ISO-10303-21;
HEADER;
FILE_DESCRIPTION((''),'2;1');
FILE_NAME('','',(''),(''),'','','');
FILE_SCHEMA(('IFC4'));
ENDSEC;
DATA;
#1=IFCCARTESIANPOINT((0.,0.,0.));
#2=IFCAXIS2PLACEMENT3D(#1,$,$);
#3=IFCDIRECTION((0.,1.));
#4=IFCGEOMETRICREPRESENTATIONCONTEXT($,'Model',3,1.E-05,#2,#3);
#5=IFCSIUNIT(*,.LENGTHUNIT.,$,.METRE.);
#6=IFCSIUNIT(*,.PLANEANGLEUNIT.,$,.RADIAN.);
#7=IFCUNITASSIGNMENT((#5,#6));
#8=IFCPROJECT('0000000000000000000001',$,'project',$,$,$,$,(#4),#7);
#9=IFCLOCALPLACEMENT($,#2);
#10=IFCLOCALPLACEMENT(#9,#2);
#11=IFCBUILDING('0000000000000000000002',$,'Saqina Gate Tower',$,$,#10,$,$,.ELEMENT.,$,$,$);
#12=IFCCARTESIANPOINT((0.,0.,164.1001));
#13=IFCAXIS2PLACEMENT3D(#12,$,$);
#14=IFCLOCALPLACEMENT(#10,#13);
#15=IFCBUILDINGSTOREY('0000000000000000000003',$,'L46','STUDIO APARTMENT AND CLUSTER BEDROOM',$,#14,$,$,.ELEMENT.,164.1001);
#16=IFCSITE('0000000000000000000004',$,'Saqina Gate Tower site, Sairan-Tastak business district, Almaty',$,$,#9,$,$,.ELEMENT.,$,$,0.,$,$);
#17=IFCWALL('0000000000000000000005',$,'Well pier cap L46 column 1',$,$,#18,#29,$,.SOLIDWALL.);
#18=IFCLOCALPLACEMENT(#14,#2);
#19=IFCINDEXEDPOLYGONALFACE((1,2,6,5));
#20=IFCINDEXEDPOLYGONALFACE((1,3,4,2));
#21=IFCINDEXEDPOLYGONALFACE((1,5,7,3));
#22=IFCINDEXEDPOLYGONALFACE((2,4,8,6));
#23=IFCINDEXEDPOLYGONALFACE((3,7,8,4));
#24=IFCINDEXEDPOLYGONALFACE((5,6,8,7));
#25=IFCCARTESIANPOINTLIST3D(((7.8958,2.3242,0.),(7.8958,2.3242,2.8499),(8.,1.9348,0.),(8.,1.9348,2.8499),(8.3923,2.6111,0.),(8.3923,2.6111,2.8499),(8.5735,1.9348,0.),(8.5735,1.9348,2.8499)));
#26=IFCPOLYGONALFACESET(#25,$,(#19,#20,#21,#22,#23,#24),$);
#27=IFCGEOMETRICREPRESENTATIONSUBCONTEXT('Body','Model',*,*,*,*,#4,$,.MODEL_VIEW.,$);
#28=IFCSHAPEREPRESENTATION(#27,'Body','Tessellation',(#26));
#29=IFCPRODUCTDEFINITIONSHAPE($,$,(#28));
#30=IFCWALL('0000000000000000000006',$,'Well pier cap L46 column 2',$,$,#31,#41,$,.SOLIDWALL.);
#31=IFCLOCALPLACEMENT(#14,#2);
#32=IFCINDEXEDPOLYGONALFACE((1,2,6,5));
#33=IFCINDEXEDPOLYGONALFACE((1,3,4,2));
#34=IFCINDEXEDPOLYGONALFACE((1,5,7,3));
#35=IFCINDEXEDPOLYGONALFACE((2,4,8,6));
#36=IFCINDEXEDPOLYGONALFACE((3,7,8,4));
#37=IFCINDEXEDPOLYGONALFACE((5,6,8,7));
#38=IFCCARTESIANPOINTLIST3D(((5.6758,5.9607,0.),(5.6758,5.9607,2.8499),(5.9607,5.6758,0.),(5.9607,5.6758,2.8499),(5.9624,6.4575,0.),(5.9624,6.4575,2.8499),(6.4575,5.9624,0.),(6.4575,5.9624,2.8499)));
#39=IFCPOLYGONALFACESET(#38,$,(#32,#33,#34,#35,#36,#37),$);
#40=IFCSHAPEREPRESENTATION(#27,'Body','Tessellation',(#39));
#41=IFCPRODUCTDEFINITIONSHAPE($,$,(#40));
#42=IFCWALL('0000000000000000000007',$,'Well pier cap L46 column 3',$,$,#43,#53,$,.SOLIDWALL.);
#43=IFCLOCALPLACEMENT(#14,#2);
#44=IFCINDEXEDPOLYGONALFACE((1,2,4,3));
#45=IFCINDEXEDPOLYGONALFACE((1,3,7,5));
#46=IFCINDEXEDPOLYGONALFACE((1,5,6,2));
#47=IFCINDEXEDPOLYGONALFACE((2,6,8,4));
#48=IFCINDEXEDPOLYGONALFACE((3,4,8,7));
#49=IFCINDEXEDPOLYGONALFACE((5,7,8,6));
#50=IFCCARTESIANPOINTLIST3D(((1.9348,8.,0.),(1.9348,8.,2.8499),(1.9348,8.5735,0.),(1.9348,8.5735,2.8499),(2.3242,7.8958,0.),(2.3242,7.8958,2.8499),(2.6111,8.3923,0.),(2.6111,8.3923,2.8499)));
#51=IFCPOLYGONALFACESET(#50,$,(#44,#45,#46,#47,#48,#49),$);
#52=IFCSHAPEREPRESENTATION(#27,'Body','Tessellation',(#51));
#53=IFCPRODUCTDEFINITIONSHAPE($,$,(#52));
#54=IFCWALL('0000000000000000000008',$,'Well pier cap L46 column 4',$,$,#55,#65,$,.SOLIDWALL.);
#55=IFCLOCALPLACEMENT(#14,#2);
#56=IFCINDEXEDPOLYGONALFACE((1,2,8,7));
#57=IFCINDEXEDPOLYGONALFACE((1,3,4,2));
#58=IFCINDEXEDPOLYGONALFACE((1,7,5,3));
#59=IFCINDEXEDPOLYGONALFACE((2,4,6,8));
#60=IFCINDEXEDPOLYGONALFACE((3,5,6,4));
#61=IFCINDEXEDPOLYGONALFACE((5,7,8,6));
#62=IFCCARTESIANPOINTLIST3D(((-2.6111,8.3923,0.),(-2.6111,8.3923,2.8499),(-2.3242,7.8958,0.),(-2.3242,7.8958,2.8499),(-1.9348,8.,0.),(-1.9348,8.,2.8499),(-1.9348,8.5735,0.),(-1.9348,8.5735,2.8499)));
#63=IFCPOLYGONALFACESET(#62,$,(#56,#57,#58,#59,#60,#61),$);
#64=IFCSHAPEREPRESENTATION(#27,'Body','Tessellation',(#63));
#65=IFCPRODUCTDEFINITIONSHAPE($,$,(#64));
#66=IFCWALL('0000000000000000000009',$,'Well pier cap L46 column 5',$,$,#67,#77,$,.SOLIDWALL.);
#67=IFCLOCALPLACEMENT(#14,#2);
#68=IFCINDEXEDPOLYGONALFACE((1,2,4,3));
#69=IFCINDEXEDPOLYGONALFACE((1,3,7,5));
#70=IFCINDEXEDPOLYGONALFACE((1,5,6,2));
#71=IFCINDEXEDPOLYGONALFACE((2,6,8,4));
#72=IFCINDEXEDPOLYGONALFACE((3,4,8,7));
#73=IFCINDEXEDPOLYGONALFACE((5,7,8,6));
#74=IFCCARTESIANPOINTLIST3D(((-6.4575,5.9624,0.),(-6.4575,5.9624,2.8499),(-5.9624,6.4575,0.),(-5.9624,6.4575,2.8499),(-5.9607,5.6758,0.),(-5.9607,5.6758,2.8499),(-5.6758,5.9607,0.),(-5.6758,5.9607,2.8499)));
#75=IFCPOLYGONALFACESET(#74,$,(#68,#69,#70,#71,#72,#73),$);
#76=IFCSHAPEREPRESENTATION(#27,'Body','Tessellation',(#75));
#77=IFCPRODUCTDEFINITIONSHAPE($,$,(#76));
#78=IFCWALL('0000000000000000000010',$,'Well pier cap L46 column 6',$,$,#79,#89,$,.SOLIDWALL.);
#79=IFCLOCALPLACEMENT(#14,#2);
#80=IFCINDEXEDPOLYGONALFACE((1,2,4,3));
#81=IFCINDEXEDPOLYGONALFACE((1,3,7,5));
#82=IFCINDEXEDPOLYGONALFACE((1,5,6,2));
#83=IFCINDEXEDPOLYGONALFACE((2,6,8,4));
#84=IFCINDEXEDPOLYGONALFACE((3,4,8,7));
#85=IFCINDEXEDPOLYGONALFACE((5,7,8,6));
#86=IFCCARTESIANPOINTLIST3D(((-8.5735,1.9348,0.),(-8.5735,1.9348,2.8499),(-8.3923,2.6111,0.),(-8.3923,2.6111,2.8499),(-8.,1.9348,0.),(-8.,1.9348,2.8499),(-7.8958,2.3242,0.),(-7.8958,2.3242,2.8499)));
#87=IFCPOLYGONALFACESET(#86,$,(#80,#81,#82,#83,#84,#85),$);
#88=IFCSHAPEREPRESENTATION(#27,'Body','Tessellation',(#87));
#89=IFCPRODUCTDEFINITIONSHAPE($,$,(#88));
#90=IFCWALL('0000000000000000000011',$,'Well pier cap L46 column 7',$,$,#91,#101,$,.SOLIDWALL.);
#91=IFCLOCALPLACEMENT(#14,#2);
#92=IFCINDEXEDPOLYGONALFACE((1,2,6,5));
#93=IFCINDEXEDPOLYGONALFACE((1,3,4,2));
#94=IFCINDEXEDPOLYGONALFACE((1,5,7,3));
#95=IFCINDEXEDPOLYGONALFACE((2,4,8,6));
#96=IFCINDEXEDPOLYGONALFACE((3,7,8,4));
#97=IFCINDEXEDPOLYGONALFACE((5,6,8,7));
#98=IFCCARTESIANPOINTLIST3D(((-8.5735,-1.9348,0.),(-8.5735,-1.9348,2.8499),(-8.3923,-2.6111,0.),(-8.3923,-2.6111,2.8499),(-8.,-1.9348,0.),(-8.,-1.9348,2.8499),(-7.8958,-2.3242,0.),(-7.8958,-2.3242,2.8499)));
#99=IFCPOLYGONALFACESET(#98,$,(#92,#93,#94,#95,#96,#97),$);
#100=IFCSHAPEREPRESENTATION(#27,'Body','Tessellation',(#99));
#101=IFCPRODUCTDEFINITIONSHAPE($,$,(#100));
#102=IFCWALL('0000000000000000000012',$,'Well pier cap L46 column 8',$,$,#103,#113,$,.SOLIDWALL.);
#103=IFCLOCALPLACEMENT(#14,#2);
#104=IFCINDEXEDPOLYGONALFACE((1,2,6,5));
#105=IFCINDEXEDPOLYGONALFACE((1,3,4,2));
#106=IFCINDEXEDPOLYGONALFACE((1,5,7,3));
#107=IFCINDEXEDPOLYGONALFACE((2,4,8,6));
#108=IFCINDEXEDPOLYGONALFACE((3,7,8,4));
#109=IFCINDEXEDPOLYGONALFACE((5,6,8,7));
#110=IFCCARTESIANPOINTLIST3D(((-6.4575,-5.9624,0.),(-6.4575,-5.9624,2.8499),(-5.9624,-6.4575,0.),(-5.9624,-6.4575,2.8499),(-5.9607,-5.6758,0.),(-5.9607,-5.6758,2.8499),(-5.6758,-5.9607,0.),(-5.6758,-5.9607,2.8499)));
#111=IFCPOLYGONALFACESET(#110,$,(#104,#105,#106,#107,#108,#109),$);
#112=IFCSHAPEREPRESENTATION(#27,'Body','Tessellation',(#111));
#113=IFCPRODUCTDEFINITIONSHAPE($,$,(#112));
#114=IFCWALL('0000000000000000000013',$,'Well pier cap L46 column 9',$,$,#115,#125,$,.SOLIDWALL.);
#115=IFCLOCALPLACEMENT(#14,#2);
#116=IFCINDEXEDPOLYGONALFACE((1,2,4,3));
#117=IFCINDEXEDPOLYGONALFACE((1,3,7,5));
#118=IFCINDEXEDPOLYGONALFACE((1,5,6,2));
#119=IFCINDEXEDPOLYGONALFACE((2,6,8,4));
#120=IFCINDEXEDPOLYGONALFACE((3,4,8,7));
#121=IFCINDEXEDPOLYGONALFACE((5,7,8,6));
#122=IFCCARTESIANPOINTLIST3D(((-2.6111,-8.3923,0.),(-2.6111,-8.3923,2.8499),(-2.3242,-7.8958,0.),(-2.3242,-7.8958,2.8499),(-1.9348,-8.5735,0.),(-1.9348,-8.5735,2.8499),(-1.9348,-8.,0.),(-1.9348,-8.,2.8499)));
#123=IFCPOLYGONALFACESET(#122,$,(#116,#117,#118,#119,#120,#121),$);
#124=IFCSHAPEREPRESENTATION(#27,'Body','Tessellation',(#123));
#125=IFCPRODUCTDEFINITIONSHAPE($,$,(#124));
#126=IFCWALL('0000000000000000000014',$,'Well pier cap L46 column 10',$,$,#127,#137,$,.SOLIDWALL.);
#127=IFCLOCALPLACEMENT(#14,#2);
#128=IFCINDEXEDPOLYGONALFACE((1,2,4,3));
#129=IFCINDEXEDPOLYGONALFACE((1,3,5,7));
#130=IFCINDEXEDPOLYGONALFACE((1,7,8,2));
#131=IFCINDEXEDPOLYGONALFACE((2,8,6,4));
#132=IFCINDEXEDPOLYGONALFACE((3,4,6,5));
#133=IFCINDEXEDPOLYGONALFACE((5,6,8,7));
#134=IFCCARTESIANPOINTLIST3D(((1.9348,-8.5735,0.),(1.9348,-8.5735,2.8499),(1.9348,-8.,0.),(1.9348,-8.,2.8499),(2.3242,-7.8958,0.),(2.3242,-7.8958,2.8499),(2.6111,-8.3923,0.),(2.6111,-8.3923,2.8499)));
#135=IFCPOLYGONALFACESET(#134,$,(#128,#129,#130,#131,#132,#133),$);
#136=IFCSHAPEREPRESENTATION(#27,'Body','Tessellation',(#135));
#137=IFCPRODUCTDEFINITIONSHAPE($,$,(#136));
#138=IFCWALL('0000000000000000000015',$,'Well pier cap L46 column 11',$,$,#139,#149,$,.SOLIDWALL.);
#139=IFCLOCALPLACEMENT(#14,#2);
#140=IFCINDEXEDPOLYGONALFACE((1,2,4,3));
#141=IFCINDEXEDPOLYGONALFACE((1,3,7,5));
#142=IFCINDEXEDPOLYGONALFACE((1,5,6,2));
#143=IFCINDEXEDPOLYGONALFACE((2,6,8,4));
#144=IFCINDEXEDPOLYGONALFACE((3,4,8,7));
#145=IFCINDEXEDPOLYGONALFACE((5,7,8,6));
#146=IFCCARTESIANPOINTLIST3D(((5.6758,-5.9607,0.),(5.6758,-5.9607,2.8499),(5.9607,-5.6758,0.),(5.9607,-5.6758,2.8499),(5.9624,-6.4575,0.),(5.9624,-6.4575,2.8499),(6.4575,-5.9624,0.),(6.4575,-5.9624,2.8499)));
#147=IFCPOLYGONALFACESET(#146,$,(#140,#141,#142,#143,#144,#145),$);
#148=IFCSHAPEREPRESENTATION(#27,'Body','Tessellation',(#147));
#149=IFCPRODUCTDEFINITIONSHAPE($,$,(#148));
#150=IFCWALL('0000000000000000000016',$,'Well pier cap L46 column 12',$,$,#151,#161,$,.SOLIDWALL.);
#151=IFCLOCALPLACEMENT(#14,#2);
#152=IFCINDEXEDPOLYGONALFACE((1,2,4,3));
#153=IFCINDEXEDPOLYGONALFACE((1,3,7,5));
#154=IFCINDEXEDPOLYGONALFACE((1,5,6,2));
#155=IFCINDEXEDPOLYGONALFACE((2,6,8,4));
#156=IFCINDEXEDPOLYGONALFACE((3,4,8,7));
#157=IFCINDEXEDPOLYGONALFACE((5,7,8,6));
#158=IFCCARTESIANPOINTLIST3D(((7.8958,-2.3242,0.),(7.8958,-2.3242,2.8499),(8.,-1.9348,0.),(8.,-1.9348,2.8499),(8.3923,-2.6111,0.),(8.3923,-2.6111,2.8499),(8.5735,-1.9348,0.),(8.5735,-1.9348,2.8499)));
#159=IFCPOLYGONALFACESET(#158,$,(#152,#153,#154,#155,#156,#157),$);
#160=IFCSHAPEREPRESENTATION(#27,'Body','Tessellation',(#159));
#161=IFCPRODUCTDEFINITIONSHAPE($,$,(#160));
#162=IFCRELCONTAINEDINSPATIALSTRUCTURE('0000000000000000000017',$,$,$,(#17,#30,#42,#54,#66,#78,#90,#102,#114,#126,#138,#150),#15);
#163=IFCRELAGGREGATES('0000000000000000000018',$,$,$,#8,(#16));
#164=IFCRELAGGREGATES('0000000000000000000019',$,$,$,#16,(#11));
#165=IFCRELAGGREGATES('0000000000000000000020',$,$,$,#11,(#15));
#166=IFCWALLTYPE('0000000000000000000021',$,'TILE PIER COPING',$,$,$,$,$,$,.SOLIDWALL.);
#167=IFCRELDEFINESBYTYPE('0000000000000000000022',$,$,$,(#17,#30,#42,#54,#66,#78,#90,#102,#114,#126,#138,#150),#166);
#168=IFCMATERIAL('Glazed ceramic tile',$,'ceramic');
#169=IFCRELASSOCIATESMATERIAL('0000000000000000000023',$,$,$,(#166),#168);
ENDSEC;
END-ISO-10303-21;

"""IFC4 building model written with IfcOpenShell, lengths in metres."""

from ifc_helpers import new_model, si_unit, direction, frame, origin, place, context, subcontext, project, spatial, polyline, outline, extrude, material, type_object, element, save


model = new_model("IFC4")

# Units and contexts
model_context = context("Model", 3, precision=1e-05, world=origin(), true_north=direction((0.0, 1.0)))
body_context = subcontext(model_context, "Body", "Model", "MODEL_VIEW")
ifc_project = project(units=[si_unit("LENGTHUNIT", "METRE"), si_unit("PLANEANGLEUNIT", "RADIAN")], contexts=[model_context])

# Site, building, storey
site_placement = place(None, origin())
site = spatial("IfcSite", under=ifc_project, at=site_placement, Name="Saqina Gate Tower site, Sairan-Tastak business district, Almaty", CompositionType="ELEMENT", RefElevation=0.0)
building_placement = place(site_placement, origin())
building = spatial("IfcBuilding", under=site, at=building_placement, Name="Saqina Gate Tower", CompositionType="ELEMENT")
storey_placement = place(building_placement, frame((0.0, 0.0, 164.1001)))
storey = spatial("IfcBuildingStorey", under=building, at=storey_placement, Name="L46", Description="STUDIO APARTMENT AND CLUSTER BEDROOM", CompositionType="ELEMENT", Elevation=164.1001)

# Walls
ifc_material_1 = material(Name="Glazed ceramic tile", Category="ceramic")
wall_type_1 = type_object("IfcWallType", Name="TILE PIER COPING", PredefinedType="SOLIDWALL", material=ifc_material_1)
wall_1_placement = place(storey_placement, origin())
element("IfcWall", 1, at=wall_1_placement, inside=storey, type_object=wall_type_1, Name="Well pier cap L46 column 1", PredefinedType="SOLIDWALL", context=body_context, shape_type="SweptSolid", body=[
    extrude(outline(polyline([(8.3923, 2.6111), (7.8958, 2.3242), (8.0, 1.9348), (8.5735, 1.9348), (8.3923, 2.6111)])), origin(), (0.0, 0.0, 1.0), 2.8499),
])
wall_2_placement = place(storey_placement, origin())
element("IfcWall", 2, at=wall_2_placement, inside=storey, type_object=wall_type_1, Name="Well pier cap L46 column 2", PredefinedType="SOLIDWALL", context=body_context, shape_type="SweptSolid", body=[
    extrude(outline(polyline([(5.9624, 6.4575), (5.6758, 5.9607), (5.9607, 5.6758), (6.4575, 5.9624), (5.9624, 6.4575)])), origin(), (0.0, 0.0, 1.0), 2.8499),
])
wall_3_placement = place(storey_placement, origin())
element("IfcWall", 3, at=wall_3_placement, inside=storey, type_object=wall_type_1, Name="Well pier cap L46 column 3", PredefinedType="SOLIDWALL", context=body_context, shape_type="SweptSolid", body=[
    extrude(outline(polyline([(1.9348, 8.5735), (1.9348, 8.0), (2.3242, 7.8958), (2.6111, 8.3923), (1.9348, 8.5735)])), origin(), (0.0, 0.0, 1.0), 2.8499),
])
wall_4_placement = place(storey_placement, origin())
element("IfcWall", 4, at=wall_4_placement, inside=storey, type_object=wall_type_1, Name="Well pier cap L46 column 4", PredefinedType="SOLIDWALL", context=body_context, shape_type="SweptSolid", body=[
    extrude(outline(polyline([(-1.9348, 8.0), (-1.9348, 8.5735), (-2.6111, 8.3923), (-2.3242, 7.8958), (-1.9348, 8.0)])), origin(), (0.0, 0.0, 1.0), 2.8499),
])
wall_5_placement = place(storey_placement, origin())
element("IfcWall", 5, at=wall_5_placement, inside=storey, type_object=wall_type_1, Name="Well pier cap L46 column 5", PredefinedType="SOLIDWALL", context=body_context, shape_type="SweptSolid", body=[
    extrude(outline(polyline([(-6.4575, 5.9624), (-5.9607, 5.6758), (-5.6758, 5.9607), (-5.9624, 6.4575), (-6.4575, 5.9624)])), origin(), (0.0, 0.0, 1.0), 2.8499),
])
wall_6_placement = place(storey_placement, origin())
element("IfcWall", 6, at=wall_6_placement, inside=storey, type_object=wall_type_1, Name="Well pier cap L46 column 6", PredefinedType="SOLIDWALL", context=body_context, shape_type="SweptSolid", body=[
    extrude(outline(polyline([(-8.5735, 1.9348), (-8.0, 1.9348), (-7.8958, 2.3242), (-8.3923, 2.6111), (-8.5735, 1.9348)])), origin(), (0.0, 0.0, 1.0), 2.8499),
])
wall_7_placement = place(storey_placement, origin())
element("IfcWall", 7, at=wall_7_placement, inside=storey, type_object=wall_type_1, Name="Well pier cap L46 column 7", PredefinedType="SOLIDWALL", context=body_context, shape_type="SweptSolid", body=[
    extrude(outline(polyline([(-8.0, -1.9348), (-8.5735, -1.9348), (-8.3923, -2.6111), (-7.8958, -2.3242), (-8.0, -1.9348)])), origin(), (0.0, 0.0, 1.0), 2.8499),
])
wall_8_placement = place(storey_placement, origin())
element("IfcWall", 8, at=wall_8_placement, inside=storey, type_object=wall_type_1, Name="Well pier cap L46 column 8", PredefinedType="SOLIDWALL", context=body_context, shape_type="SweptSolid", body=[
    extrude(outline(polyline([(-6.4575, -5.9624), (-5.9624, -6.4575), (-5.6758, -5.9607), (-5.9607, -5.6758), (-6.4575, -5.9624)])), origin(), (0.0, 0.0, 1.0), 2.8499),
])
wall_9_placement = place(storey_placement, origin())
element("IfcWall", 9, at=wall_9_placement, inside=storey, type_object=wall_type_1, Name="Well pier cap L46 column 9", PredefinedType="SOLIDWALL", context=body_context, shape_type="SweptSolid", body=[
    extrude(outline(polyline([(-1.9348, -8.5735), (-1.9348, -8.0), (-2.3242, -7.8958), (-2.6111, -8.3923), (-1.9348, -8.5735)])), origin(), (0.0, 0.0, 1.0), 2.8499),
])
wall_10_placement = place(storey_placement, origin())
element("IfcWall", 10, at=wall_10_placement, inside=storey, type_object=wall_type_1, Name="Well pier cap L46 column 10", PredefinedType="SOLIDWALL", context=body_context, shape_type="SweptSolid", body=[
    extrude(outline(polyline([(2.6111, -8.3923), (2.3242, -7.8958), (1.9348, -8.0), (1.9348, -8.5735), (2.6111, -8.3923)])), origin(), (0.0, 0.0, 1.0), 2.8499),
])
wall_11_placement = place(storey_placement, origin())
element("IfcWall", 11, at=wall_11_placement, inside=storey, type_object=wall_type_1, Name="Well pier cap L46 column 11", PredefinedType="SOLIDWALL", context=body_context, shape_type="SweptSolid", body=[
    extrude(outline(polyline([(5.9624, -6.4575), (6.4575, -5.9624), (5.9607, -5.6758), (5.6758, -5.9607), (5.9624, -6.4575)])), origin(), (0.0, 0.0, 1.0), 2.8499),
])
wall_12_placement = place(storey_placement, origin())
element("IfcWall", 12, at=wall_12_placement, inside=storey, type_object=wall_type_1, Name="Well pier cap L46 column 12", PredefinedType="SOLIDWALL", context=body_context, shape_type="SweptSolid", body=[
    extrude(outline(polyline([(8.5735, -1.9348), (8.0, -1.9348), (7.8958, -2.3242), (8.3923, -2.6111), (8.5735, -1.9348)])), origin(), (0.0, 0.0, 1.0), 2.8499),
])

save(model, "model.ifc")
